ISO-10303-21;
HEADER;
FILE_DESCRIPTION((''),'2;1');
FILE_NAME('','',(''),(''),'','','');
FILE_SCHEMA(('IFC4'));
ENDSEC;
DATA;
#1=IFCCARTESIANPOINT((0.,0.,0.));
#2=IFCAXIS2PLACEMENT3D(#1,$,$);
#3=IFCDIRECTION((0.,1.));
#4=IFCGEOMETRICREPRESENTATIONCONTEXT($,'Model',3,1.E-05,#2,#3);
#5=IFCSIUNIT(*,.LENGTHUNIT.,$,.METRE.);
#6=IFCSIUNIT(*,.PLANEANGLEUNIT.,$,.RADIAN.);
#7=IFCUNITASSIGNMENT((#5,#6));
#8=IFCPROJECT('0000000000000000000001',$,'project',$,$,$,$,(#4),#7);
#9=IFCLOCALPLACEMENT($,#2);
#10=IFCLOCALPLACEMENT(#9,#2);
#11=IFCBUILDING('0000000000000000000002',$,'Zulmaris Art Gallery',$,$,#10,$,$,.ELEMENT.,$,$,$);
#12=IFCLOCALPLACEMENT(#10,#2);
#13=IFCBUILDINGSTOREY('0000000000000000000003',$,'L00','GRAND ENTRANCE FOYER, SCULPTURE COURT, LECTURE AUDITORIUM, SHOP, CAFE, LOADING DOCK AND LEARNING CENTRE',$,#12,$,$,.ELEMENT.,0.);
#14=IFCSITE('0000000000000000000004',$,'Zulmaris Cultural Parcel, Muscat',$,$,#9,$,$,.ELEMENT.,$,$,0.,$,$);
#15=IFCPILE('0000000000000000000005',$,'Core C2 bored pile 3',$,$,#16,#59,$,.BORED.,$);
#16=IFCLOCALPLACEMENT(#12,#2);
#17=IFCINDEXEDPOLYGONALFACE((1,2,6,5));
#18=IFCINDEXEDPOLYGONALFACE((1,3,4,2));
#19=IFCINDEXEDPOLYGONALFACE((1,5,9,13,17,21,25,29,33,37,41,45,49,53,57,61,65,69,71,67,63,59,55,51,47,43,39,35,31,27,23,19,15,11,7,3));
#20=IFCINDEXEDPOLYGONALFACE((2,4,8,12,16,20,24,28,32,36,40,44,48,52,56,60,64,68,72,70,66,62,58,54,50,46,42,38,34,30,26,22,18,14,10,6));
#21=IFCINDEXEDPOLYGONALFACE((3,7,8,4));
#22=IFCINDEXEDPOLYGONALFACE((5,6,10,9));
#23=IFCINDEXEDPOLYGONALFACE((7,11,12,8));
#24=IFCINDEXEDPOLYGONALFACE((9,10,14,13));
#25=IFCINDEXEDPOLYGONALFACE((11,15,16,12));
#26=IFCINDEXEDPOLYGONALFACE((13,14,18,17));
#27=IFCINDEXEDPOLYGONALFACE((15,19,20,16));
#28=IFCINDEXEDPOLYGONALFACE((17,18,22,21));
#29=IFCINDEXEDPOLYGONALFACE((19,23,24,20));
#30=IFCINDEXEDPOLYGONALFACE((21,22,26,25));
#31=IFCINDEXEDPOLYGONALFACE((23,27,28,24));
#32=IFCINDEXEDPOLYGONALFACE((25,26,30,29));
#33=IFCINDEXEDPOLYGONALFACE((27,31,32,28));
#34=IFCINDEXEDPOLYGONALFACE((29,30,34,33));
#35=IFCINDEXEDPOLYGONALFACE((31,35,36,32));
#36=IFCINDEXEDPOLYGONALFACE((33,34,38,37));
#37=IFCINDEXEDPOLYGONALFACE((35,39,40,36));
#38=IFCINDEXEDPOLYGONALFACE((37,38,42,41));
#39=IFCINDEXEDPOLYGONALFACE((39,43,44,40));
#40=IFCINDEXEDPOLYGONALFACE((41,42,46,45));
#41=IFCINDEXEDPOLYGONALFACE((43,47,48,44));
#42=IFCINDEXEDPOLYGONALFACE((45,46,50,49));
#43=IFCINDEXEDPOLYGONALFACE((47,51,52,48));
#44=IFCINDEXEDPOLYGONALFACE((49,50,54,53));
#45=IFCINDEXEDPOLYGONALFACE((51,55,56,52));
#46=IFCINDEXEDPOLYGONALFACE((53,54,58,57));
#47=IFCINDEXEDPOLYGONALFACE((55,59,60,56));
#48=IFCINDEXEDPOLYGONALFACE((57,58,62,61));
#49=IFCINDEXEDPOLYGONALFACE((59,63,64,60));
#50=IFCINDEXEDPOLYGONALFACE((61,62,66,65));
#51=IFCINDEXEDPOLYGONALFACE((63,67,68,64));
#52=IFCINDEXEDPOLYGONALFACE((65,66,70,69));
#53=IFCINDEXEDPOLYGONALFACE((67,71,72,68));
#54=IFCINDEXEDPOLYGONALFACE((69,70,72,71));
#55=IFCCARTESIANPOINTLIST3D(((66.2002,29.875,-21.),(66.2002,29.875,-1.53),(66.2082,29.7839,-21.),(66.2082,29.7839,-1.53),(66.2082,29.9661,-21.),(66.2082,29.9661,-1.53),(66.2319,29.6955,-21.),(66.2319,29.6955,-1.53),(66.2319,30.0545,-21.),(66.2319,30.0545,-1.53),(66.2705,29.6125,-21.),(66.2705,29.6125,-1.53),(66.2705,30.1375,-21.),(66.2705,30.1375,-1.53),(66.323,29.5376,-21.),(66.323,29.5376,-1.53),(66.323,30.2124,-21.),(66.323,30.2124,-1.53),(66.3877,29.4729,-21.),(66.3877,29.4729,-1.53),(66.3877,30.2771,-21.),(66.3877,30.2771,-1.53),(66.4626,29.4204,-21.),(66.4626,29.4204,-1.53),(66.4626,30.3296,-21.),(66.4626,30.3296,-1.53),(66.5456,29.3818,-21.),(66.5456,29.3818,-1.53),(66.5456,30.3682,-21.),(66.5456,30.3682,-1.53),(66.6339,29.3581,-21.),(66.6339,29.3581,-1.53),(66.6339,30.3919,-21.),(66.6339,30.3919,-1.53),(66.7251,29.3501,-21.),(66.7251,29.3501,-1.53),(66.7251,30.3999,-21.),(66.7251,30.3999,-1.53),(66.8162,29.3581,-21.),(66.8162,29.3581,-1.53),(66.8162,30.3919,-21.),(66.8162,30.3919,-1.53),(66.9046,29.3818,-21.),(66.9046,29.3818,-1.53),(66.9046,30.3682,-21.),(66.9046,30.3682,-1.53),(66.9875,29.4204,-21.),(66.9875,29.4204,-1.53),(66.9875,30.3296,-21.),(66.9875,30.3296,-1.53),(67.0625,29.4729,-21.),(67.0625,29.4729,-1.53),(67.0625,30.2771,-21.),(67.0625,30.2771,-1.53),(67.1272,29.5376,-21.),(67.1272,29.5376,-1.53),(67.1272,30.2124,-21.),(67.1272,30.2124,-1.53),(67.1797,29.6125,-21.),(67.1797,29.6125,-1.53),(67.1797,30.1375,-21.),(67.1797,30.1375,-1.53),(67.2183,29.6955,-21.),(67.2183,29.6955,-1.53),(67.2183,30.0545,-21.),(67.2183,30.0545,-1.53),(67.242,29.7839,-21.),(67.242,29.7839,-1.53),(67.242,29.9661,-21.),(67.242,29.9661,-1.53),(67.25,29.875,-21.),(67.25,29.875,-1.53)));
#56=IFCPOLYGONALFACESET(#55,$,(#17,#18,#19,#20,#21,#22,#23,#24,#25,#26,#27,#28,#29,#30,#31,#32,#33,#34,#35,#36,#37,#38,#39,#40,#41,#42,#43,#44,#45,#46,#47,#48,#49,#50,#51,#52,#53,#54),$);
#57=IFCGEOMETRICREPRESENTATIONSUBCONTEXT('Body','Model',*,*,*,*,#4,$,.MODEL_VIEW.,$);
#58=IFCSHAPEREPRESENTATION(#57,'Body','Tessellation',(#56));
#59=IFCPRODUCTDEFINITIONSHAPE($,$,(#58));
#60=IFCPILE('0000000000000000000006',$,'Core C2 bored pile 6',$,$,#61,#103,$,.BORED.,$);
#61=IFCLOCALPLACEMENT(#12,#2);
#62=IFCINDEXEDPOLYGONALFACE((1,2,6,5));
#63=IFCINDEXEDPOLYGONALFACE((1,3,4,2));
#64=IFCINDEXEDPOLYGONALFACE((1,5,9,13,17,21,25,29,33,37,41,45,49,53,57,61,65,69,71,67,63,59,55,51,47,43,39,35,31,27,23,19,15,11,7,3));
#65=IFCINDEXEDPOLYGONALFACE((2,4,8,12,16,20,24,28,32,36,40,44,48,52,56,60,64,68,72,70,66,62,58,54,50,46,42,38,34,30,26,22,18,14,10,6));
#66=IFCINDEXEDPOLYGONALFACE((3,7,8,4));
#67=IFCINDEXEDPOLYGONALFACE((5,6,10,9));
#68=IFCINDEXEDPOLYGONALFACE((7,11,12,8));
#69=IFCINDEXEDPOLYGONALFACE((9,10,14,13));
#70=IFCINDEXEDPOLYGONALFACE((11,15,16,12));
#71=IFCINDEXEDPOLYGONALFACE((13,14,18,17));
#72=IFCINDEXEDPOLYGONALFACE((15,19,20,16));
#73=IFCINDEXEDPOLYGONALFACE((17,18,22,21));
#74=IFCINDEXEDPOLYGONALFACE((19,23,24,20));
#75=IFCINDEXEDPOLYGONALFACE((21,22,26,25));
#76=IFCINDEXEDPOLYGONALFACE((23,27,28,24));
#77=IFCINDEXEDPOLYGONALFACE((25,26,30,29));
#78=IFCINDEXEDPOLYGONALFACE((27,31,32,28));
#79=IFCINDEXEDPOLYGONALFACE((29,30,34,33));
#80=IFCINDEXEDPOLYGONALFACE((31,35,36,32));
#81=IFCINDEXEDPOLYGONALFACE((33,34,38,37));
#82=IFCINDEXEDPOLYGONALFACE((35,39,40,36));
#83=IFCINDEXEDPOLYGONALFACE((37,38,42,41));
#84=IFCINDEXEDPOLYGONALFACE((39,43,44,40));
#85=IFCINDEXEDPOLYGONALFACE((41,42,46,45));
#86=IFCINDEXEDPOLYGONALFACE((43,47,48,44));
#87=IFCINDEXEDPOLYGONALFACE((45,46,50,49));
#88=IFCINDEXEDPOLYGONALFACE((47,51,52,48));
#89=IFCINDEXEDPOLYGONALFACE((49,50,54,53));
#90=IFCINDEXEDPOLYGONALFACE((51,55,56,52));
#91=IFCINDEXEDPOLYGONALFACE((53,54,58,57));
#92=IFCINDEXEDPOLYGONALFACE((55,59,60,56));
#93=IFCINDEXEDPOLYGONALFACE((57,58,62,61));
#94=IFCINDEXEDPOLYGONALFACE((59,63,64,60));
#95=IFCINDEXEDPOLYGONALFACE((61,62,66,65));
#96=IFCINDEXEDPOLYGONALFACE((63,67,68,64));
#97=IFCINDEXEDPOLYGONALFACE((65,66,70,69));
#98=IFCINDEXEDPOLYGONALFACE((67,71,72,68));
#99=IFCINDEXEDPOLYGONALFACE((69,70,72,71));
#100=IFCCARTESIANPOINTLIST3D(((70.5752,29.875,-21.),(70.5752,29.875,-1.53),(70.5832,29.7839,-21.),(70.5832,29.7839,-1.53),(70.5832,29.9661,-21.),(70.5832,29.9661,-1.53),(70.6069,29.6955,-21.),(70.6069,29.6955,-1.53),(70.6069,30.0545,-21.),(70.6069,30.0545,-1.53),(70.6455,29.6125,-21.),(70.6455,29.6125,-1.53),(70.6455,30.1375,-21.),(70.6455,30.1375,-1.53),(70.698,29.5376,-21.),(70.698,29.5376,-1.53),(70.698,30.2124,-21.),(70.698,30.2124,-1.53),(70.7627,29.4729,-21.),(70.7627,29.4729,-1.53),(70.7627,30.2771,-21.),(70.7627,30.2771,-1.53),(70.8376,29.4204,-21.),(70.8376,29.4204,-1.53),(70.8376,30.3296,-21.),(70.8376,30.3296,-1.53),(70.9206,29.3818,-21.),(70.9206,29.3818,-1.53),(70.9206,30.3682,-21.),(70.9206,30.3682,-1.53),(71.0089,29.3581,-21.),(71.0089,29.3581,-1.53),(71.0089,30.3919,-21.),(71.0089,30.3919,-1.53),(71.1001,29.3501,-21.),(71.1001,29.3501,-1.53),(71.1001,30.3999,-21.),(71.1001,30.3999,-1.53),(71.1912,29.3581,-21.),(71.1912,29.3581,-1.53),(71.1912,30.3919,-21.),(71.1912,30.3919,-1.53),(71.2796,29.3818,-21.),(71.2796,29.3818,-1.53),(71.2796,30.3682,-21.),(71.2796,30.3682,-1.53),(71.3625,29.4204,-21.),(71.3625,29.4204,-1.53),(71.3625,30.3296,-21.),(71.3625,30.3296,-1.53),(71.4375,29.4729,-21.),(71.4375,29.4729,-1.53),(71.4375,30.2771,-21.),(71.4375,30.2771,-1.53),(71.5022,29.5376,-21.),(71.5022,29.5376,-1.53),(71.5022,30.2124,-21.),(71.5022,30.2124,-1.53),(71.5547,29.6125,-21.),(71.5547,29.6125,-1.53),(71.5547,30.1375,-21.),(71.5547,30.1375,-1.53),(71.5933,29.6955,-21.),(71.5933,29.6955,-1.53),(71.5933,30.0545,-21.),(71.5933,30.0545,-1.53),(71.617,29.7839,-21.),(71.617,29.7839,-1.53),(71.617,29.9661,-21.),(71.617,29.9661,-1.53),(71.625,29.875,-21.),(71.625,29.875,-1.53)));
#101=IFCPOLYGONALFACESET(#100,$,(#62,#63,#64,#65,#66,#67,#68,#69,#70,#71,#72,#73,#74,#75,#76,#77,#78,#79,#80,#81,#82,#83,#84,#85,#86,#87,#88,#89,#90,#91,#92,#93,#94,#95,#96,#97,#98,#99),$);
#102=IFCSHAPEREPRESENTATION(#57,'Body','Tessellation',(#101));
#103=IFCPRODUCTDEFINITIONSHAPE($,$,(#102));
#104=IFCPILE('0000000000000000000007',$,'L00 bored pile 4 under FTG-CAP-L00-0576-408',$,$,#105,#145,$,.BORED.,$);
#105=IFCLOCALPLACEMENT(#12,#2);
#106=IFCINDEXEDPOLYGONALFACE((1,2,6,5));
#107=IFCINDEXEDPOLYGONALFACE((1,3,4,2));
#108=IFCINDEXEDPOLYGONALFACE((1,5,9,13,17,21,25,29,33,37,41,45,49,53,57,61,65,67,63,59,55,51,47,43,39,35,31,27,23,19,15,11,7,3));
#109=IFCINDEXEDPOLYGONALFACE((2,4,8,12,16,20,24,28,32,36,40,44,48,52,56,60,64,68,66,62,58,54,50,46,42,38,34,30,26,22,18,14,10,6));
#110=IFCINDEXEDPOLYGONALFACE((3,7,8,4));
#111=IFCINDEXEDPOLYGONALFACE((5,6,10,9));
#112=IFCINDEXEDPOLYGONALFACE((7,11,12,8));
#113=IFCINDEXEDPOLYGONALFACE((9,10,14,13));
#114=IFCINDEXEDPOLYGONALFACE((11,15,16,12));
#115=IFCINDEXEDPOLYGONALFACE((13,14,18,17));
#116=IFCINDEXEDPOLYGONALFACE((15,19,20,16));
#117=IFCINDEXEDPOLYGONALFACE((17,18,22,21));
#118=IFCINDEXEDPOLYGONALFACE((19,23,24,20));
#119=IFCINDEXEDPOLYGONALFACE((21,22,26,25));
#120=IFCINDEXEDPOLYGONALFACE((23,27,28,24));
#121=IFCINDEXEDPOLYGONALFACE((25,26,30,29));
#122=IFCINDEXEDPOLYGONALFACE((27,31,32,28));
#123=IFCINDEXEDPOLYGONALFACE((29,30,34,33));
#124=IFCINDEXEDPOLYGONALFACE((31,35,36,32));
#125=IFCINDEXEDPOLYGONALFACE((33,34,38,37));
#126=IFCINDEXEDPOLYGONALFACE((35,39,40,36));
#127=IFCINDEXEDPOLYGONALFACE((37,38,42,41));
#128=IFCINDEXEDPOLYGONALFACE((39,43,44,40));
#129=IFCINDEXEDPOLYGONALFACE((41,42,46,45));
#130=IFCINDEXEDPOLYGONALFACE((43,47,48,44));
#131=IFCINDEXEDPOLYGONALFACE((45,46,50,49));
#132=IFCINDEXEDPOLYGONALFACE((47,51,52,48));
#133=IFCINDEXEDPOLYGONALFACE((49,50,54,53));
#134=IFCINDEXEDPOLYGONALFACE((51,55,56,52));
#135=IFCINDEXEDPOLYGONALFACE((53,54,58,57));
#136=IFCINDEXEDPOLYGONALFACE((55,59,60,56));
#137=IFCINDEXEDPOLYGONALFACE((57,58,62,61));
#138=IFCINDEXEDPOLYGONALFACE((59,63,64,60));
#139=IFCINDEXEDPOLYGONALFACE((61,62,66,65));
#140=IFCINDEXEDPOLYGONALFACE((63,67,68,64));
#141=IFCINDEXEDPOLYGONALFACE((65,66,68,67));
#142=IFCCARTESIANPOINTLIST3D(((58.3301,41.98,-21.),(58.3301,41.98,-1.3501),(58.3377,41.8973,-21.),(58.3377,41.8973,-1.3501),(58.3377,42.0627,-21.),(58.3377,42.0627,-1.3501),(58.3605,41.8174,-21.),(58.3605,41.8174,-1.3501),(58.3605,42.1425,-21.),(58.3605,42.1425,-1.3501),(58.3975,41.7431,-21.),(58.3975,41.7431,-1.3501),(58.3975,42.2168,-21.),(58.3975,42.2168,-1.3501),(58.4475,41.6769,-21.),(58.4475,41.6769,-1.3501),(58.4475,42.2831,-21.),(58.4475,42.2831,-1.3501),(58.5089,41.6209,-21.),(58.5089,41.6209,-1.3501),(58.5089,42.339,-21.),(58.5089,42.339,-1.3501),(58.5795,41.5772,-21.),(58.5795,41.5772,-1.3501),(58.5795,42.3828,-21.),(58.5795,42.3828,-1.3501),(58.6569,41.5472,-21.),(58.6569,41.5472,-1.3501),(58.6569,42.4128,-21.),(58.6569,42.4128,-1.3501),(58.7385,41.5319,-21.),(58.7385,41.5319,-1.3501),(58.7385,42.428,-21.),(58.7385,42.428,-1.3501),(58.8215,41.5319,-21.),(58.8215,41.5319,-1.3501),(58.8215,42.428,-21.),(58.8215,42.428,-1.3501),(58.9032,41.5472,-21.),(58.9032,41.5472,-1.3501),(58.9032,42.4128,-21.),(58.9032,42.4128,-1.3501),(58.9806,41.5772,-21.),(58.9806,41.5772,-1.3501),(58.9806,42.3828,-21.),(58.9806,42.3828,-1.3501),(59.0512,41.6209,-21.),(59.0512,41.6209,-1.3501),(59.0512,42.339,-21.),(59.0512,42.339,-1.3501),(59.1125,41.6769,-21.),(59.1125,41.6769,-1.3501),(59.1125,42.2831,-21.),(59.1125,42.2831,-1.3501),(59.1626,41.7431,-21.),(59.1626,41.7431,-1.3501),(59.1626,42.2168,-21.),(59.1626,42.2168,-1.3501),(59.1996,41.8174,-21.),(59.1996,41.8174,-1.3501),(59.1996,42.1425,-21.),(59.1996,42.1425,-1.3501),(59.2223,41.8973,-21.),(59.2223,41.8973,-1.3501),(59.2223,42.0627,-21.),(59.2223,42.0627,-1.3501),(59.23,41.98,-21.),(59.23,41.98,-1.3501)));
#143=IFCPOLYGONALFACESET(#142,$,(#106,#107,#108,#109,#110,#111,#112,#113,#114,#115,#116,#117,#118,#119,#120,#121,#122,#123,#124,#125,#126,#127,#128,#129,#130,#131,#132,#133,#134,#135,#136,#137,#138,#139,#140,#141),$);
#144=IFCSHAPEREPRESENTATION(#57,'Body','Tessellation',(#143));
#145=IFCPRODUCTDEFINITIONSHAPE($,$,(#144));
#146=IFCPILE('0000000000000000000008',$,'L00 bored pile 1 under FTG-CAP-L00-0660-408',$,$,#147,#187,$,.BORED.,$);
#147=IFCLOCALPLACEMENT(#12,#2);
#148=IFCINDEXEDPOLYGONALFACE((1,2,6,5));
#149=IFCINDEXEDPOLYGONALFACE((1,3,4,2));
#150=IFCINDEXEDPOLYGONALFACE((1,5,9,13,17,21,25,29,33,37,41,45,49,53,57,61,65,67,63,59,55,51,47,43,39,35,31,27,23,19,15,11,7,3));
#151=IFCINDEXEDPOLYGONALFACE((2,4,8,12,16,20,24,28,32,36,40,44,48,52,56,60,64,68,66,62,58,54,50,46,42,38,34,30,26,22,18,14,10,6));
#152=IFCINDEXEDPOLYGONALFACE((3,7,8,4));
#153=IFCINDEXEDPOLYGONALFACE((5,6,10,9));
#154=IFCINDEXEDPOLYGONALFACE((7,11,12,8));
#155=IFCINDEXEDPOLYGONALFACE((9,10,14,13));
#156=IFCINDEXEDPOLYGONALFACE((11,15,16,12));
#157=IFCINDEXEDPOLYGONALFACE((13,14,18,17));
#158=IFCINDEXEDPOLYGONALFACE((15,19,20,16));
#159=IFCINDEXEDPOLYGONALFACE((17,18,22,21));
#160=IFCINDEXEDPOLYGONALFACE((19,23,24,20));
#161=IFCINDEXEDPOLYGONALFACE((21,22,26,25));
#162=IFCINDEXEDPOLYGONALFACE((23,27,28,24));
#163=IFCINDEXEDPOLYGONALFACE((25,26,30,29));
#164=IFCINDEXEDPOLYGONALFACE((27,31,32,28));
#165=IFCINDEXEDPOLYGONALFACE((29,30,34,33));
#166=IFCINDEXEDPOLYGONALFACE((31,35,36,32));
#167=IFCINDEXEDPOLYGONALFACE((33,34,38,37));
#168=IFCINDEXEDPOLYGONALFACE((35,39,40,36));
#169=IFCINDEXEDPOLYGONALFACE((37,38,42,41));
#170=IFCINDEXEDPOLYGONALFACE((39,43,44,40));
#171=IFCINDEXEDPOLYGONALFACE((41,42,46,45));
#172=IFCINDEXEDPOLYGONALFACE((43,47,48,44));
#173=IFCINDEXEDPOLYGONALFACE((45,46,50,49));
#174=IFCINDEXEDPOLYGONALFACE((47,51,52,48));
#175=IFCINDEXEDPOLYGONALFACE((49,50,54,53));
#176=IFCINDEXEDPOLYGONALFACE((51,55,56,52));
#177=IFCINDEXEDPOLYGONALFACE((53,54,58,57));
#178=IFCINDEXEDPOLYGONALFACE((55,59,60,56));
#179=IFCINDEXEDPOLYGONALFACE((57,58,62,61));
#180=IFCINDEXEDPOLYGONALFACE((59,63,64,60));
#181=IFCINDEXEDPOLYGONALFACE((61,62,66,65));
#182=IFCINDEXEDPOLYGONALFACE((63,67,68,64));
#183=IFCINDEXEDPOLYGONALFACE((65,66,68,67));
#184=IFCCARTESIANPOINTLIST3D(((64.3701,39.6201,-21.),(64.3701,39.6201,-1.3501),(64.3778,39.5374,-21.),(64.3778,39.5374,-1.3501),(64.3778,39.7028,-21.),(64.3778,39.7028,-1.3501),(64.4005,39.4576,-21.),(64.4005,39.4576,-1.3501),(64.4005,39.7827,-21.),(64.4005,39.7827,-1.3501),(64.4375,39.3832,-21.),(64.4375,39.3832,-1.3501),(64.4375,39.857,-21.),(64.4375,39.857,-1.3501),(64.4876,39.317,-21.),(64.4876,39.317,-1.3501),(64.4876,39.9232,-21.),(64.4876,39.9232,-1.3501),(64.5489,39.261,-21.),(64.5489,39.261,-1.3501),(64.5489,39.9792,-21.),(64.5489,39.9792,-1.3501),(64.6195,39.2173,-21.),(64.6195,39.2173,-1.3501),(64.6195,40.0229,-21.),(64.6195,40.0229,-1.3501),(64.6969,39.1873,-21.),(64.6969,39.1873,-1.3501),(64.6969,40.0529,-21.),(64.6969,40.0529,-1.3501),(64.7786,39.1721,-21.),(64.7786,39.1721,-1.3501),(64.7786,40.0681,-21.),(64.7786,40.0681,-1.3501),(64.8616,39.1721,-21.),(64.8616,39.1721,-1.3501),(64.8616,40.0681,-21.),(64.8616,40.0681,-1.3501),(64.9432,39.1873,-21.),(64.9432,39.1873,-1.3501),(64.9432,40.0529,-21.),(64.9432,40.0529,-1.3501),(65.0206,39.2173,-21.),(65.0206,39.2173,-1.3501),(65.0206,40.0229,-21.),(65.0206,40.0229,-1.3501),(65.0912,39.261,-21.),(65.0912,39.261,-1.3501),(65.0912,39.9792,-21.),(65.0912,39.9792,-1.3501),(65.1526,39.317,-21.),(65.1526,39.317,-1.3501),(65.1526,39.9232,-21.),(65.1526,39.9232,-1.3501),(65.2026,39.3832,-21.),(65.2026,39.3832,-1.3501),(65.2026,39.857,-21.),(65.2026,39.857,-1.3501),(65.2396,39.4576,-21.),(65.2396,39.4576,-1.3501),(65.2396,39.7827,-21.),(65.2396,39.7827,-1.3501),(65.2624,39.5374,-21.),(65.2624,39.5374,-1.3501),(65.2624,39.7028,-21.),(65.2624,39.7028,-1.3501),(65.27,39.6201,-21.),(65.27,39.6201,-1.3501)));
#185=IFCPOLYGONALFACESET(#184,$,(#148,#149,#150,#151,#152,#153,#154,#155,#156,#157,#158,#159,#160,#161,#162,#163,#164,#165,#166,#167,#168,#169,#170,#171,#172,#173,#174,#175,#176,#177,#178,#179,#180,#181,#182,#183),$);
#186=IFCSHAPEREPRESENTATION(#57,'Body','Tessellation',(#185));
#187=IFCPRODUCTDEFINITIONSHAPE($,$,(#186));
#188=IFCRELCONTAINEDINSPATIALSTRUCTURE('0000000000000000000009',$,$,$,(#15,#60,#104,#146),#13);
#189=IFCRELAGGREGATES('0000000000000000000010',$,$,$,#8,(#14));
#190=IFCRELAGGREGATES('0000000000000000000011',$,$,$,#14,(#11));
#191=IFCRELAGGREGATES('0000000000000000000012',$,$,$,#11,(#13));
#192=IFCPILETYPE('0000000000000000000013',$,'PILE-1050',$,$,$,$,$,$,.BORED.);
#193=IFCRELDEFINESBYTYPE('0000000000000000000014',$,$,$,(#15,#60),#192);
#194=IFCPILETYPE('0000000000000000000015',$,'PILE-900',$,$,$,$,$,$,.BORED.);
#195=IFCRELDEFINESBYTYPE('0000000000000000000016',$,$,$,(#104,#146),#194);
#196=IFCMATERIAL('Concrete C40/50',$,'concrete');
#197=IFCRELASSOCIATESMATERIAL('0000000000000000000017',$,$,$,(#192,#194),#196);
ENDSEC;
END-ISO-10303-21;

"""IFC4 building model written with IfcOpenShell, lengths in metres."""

from ifc_helpers import new_model, si_unit, direction, frame, origin, origin_2d, place, context, subcontext, project, spatial, circle, extrude, material, material_profile, profile_set, type_object, element, save


model = new_model("IFC4")

# Units and contexts
model_context = context("Model", 3, precision=1e-05, world=origin(), true_north=direction((0.0, 1.0)))
body_context = subcontext(model_context, "Body", "Model", "MODEL_VIEW")
ifc_project = project(units=[si_unit("LENGTHUNIT", "METRE"), si_unit("PLANEANGLEUNIT", "RADIAN")], contexts=[model_context])

# Site, building, storey
site_placement = place(None, origin())
site = spatial("IfcSite", under=ifc_project, at=site_placement, Name="Zulmaris Cultural Parcel, Muscat", CompositionType="ELEMENT", RefElevation=0.0)
building_placement = place(site_placement, origin())
building = spatial("IfcBuilding", under=site, at=building_placement, Name="Zulmaris Art Gallery", CompositionType="ELEMENT")
storey_placement = place(building_placement, origin())
storey = spatial("IfcBuildingStorey", under=building, at=storey_placement, Name="L00", Description="GRAND ENTRANCE FOYER, SCULPTURE COURT, LECTURE AUDITORIUM, SHOP, CAFE, LOADING DOCK AND LEARNING CENTRE", CompositionType="ELEMENT", Elevation=0.0)

# Piles
ifc_material_1 = material(Name="Concrete C40/50", Category="concrete")
ifc_material_profile_1 = material_profile(ifc_material_1, circle(Radius=0.5249, at=origin_2d()), Name="PILE DIA 1050")
ifc_profile_set_1 = profile_set([ifc_material_profile_1], Name="Concrete C40/50")
pile_type_1 = type_object("IfcPileType", Name="PILE-1050", PredefinedType="BORED", material=ifc_profile_set_1)
for number, where, z_axis, x_axis, name in (
    (1, (66.7251, 29.875, -1.53), (0.0, 0.0, -1.0), (1.0, 0.0, 0.0), "Core C2 bored pile 3"),
    (2, (71.1001, 29.875, -1.53), (0.0, 0.0, -1.0), (1.0, 0.0, 0.0), "Core C2 bored pile 6"),
):
    element("IfcPile", number, at=place(storey_placement, frame(where, z_axis=z_axis, x_axis=x_axis)), inside=storey, type_object=pile_type_1, Name=name, PredefinedType="BORED", context=body_context, shape_type="SweptSolid", body=[
        extrude(circle(Radius=0.5249, at=origin_2d()), origin(), (0.0, 0.0, 1.0), 19.47),
    ])
ifc_material_profile_2 = material_profile(ifc_material_1, circle(Radius=0.45, at=origin_2d()), Name="PILE DIA 900")
ifc_profile_set_2 = profile_set([ifc_material_profile_2], Name="Concrete C40/50")
pile_type_2 = type_object("IfcPileType", Name="PILE-900", PredefinedType="BORED", material=ifc_profile_set_2)
for number, where, z_axis, x_axis, name in (
    (3, (58.78, 41.98, -1.3501), (0.0, 0.0, -1.0), (1.0, 0.0, 0.0), "L00 bored pile 4 under FTG-CAP-L00-0576-408"),
    (4, (64.8201, 39.6201, -1.3501), (0.0, 0.0, -1.0), (1.0, 0.0, 0.0), "L00 bored pile 1 under FTG-CAP-L00-0660-408"),
):
    element("IfcPile", number, at=place(storey_placement, frame(where, z_axis=z_axis, x_axis=x_axis)), inside=storey, type_object=pile_type_2, Name=name, PredefinedType="BORED", context=body_context, shape_type="SweptSolid", body=[
        extrude(circle(Radius=0.45, at=origin_2d()), origin(), (0.0, 0.0, 1.0), 19.6499),
    ])

save(model, "model.ifc")
